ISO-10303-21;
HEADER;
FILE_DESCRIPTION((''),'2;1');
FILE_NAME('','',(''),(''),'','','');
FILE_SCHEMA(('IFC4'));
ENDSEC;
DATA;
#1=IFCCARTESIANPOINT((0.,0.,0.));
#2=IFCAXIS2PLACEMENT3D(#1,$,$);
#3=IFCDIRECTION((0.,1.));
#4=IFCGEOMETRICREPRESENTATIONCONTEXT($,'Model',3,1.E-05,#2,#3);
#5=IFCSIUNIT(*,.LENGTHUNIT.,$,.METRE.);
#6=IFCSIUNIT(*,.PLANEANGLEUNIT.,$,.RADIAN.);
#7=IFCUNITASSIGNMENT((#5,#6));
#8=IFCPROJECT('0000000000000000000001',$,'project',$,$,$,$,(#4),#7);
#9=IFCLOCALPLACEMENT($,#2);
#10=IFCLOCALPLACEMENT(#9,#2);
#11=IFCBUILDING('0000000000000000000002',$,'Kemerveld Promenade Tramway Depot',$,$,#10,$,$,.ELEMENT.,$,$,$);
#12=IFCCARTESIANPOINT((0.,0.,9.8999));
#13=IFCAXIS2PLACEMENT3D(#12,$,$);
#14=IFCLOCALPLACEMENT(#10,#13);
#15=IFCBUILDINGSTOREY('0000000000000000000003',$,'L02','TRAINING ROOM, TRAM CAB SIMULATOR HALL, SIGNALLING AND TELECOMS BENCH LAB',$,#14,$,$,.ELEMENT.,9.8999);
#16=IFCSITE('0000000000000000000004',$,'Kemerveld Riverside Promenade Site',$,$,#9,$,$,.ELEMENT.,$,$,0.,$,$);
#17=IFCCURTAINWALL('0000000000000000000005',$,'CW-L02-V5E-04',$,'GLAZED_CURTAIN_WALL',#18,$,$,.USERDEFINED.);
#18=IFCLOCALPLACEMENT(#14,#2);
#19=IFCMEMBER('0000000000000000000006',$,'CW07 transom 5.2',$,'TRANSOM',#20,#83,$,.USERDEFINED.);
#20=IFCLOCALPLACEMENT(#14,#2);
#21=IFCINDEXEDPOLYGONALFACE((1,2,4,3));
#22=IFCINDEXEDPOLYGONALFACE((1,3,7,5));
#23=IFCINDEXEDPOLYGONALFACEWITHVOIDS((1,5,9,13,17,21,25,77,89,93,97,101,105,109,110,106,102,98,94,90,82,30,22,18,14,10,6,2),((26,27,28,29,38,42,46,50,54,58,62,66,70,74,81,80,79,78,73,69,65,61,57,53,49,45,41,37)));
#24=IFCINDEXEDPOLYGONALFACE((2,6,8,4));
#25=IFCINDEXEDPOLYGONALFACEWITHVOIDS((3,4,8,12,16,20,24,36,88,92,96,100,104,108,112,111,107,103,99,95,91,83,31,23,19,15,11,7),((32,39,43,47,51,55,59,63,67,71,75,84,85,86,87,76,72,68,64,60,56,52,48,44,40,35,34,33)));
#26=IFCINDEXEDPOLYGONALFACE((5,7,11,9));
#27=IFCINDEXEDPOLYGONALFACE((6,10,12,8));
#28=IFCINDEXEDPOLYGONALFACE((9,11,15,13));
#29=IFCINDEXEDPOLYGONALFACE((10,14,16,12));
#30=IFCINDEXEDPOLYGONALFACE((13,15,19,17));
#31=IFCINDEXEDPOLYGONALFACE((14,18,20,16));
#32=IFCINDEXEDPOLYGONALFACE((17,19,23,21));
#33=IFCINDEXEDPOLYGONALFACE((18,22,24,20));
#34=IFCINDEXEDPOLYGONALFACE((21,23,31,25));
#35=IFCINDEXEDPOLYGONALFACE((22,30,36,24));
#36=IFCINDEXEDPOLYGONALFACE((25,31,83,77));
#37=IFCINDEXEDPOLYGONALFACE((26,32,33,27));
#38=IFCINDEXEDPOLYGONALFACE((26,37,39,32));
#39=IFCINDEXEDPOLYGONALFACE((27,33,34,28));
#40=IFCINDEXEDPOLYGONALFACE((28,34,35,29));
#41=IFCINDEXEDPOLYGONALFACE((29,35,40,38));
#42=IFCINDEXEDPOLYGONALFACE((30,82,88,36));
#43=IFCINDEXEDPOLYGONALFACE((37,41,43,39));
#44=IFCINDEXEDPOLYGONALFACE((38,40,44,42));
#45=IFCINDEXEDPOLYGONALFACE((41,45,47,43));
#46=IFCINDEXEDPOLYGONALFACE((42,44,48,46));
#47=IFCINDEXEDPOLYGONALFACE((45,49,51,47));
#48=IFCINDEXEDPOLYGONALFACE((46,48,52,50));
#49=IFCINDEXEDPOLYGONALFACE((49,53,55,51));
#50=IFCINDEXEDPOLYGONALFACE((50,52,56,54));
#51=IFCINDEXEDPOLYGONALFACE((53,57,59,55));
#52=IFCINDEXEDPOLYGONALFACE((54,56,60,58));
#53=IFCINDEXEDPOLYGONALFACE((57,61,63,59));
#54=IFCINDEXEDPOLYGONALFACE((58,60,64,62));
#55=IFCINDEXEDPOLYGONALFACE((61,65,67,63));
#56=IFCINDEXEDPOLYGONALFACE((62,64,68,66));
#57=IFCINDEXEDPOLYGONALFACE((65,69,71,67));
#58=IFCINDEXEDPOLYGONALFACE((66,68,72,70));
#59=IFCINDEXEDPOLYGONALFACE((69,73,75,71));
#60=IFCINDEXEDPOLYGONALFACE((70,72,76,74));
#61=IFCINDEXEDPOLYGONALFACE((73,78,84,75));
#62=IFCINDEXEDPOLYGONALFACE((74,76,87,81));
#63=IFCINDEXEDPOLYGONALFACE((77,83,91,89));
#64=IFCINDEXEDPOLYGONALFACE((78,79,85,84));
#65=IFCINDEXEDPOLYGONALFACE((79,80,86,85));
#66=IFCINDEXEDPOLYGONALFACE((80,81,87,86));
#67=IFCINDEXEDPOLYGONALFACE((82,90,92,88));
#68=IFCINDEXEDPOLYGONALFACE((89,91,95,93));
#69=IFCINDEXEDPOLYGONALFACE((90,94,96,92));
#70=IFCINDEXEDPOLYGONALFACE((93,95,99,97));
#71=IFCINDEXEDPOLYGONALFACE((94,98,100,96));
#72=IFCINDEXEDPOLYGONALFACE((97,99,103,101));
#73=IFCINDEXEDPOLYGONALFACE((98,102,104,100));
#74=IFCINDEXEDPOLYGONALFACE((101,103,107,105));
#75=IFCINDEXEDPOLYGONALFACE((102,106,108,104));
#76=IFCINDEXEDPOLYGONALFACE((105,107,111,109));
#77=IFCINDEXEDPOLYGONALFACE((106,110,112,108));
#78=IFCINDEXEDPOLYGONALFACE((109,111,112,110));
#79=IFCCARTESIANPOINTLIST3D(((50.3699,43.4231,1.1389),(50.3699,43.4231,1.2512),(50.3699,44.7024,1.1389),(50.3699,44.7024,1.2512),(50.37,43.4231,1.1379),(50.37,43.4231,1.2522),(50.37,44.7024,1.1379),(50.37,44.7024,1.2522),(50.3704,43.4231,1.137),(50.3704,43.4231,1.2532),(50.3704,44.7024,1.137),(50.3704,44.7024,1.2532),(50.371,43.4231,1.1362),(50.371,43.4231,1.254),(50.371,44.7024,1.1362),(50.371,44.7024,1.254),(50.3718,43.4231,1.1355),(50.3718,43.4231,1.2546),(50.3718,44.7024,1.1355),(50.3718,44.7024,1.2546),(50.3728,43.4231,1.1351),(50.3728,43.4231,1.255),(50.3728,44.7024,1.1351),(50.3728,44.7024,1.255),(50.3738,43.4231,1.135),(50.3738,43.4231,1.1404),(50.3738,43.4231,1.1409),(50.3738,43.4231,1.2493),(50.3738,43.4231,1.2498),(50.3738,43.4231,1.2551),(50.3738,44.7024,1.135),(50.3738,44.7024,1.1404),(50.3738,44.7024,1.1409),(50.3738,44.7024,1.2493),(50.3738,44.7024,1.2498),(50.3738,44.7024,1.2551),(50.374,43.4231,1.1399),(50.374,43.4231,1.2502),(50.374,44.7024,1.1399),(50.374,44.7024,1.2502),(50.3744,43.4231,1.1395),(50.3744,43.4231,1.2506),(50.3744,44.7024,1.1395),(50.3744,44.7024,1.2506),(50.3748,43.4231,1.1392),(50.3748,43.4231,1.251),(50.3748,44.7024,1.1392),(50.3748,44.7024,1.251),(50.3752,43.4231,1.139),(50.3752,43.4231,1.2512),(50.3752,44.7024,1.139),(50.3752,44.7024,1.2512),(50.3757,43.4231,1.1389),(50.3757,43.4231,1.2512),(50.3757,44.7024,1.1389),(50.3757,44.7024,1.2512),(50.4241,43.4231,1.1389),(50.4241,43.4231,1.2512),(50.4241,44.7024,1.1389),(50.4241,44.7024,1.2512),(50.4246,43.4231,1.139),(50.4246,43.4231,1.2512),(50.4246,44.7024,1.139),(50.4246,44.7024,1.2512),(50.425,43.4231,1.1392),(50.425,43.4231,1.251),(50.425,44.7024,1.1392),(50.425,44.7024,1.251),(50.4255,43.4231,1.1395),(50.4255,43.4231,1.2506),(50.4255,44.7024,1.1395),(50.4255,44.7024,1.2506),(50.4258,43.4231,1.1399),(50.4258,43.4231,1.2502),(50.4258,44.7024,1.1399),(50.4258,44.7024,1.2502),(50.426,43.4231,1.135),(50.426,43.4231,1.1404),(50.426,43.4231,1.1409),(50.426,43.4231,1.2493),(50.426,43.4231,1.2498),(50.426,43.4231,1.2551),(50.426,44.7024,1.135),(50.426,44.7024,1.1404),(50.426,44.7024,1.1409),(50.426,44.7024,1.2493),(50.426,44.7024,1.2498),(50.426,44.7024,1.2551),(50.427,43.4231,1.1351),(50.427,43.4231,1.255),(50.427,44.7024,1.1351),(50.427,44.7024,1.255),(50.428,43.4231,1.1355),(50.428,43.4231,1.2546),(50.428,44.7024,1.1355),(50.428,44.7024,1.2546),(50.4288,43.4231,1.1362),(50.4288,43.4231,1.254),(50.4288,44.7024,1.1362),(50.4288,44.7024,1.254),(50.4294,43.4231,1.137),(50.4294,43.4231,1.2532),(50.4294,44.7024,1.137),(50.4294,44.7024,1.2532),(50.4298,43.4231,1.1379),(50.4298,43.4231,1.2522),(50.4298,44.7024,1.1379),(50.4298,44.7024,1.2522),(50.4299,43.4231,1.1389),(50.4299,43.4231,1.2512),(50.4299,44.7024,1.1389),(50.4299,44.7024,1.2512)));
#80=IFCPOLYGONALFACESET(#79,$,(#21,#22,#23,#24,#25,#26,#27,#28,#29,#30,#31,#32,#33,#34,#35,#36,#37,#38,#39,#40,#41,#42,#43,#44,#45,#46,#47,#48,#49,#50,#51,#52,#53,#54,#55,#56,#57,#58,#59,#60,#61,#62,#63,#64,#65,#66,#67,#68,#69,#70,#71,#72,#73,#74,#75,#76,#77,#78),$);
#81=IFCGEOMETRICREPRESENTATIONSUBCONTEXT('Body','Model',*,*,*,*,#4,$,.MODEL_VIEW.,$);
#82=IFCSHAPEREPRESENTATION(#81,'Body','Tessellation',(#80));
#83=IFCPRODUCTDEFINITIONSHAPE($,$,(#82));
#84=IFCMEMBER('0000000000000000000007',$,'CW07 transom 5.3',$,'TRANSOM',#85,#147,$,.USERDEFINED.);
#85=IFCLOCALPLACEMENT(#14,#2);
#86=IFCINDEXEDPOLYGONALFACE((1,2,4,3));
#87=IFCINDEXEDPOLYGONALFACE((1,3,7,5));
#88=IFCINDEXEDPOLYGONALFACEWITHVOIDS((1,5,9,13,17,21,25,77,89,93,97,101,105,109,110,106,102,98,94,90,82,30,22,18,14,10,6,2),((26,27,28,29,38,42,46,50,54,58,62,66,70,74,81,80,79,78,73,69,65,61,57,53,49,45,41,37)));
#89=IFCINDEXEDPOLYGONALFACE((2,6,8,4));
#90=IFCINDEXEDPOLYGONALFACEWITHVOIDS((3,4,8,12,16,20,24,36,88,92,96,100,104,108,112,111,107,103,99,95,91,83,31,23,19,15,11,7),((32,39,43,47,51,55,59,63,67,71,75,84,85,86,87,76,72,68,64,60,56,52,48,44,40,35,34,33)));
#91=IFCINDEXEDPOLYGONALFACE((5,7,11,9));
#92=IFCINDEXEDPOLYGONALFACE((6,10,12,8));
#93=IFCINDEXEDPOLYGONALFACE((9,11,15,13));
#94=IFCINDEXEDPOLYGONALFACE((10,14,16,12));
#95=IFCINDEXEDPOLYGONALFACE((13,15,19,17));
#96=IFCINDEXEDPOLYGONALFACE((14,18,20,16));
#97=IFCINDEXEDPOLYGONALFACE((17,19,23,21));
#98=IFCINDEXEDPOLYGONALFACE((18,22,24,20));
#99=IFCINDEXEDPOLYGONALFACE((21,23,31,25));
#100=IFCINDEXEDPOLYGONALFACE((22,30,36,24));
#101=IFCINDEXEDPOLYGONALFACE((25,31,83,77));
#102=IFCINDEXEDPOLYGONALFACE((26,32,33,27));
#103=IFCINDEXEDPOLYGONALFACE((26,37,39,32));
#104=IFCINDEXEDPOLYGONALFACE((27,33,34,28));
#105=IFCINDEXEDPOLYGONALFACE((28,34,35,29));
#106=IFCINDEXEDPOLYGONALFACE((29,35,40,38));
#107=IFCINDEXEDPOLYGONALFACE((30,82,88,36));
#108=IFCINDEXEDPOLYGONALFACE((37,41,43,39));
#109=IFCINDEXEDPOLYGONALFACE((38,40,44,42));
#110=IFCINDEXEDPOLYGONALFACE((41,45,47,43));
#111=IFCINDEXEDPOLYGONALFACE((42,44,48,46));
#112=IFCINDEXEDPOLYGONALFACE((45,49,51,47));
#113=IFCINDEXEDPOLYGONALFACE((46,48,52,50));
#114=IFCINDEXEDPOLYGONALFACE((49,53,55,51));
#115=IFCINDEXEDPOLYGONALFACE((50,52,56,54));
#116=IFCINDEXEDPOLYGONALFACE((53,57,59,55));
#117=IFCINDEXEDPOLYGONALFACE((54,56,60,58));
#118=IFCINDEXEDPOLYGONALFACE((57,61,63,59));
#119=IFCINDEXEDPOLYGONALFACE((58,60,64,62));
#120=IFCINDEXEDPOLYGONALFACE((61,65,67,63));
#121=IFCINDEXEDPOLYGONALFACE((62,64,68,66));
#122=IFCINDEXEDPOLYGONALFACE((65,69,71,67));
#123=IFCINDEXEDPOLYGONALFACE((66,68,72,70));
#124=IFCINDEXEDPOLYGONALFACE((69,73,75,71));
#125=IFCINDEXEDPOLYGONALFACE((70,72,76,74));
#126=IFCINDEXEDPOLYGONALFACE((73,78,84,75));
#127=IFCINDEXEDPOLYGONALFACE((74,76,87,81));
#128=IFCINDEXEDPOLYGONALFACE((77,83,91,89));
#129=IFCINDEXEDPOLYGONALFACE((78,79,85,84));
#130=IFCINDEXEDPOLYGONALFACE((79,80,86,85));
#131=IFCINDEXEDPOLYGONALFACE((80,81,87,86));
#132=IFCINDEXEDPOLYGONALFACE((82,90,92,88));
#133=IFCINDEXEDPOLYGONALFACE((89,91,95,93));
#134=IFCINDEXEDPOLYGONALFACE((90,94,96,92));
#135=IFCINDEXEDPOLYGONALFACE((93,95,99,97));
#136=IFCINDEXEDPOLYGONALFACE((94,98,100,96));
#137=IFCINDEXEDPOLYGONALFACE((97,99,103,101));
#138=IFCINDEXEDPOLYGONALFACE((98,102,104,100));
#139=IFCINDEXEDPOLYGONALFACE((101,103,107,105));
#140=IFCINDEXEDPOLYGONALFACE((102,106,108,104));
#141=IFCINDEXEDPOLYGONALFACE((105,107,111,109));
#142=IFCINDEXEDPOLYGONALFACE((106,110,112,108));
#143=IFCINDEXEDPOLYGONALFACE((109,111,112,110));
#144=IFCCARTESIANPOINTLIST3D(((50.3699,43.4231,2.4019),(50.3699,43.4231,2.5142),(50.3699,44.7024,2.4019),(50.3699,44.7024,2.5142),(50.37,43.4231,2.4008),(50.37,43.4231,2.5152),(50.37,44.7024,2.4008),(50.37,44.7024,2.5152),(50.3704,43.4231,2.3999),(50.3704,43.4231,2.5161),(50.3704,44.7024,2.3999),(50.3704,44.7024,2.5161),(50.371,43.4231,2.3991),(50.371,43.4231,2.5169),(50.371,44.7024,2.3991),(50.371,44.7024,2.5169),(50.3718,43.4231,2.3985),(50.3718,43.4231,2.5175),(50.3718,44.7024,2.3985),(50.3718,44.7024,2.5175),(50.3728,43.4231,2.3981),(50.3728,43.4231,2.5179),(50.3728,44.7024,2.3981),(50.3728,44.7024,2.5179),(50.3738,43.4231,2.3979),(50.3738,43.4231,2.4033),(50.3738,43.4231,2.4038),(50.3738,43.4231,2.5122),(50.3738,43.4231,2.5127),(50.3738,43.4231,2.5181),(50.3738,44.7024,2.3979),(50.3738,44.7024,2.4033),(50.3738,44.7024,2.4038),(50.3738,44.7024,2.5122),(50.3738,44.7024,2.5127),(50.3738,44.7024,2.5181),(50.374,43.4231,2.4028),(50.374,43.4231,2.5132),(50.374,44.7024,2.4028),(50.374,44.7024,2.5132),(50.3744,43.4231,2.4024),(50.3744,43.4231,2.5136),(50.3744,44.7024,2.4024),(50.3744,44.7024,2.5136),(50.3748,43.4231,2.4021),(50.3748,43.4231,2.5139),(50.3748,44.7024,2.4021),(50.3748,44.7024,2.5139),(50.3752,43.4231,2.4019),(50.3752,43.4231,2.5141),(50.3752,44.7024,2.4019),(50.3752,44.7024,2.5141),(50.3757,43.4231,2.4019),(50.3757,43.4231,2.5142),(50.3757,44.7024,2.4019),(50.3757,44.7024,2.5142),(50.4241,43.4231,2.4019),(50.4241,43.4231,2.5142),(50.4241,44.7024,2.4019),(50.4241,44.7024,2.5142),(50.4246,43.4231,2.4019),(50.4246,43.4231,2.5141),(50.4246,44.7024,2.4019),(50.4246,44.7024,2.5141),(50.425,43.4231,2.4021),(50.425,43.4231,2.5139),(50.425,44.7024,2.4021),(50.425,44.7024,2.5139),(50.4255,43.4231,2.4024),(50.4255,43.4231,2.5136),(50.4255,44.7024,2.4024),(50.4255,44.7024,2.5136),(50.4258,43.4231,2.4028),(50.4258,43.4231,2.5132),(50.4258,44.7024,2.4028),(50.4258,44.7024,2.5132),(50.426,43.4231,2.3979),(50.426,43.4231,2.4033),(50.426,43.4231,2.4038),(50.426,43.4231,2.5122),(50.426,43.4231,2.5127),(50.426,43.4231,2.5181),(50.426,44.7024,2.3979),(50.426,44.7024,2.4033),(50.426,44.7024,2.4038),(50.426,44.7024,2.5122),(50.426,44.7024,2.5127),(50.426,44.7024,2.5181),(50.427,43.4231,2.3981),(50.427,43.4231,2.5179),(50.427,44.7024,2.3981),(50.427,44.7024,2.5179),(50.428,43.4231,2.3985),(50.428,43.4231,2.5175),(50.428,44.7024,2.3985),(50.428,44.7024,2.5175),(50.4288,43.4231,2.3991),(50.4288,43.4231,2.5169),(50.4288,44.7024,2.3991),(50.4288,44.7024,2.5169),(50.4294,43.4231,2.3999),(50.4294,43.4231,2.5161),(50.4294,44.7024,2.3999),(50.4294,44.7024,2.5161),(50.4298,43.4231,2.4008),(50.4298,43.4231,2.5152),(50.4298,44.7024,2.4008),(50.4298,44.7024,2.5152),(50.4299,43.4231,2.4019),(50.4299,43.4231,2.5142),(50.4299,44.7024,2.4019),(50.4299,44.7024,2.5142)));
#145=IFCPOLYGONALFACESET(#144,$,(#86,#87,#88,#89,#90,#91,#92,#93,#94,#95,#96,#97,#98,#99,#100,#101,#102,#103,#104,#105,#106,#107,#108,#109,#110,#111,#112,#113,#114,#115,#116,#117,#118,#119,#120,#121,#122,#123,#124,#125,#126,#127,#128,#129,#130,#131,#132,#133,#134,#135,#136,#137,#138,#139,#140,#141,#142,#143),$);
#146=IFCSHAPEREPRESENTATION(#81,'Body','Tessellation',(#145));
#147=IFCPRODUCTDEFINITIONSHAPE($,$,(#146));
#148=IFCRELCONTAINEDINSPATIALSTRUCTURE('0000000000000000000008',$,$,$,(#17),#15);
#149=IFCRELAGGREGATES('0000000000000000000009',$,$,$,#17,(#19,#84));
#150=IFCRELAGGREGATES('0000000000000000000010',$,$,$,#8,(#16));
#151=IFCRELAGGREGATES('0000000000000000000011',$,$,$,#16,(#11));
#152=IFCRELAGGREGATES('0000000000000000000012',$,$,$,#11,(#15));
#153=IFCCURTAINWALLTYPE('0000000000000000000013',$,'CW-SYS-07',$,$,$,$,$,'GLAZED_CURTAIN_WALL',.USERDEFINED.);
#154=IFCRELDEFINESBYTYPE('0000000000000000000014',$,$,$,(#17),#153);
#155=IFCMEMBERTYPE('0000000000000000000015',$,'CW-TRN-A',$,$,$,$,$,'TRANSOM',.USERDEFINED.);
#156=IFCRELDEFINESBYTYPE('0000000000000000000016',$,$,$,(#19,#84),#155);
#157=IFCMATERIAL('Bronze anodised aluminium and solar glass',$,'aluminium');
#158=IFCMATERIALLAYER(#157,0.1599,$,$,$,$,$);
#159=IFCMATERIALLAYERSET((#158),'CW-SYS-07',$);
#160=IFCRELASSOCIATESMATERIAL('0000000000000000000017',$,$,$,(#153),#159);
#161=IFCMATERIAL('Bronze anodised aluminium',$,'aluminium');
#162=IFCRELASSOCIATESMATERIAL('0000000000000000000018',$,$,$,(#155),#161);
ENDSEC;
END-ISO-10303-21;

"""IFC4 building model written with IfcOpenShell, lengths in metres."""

from ifc_helpers import new_model, si_unit, direction, frame, origin, origin_2d, place, context, subcontext, project, spatial, hollow_rectangle, extrude, material, layer, layer_set, material_profile, profile_set, type_object, element, aggregate, save


model = new_model("IFC4")

# Units and contexts
model_context = context("Model", 3, precision=1e-05, world=origin(), true_north=direction((0.0, 1.0)))
body_context = subcontext(model_context, "Body", "Model", "MODEL_VIEW")
ifc_project = project(units=[si_unit("LENGTHUNIT", "METRE"), si_unit("PLANEANGLEUNIT", "RADIAN")], contexts=[model_context])

# Site, building, storey
site_placement = place(None, origin())
site = spatial("IfcSite", under=ifc_project, at=site_placement, Name="Kemerveld Riverside Promenade Site", CompositionType="ELEMENT", RefElevation=0.0)
building_placement = place(site_placement, origin())
building = spatial("IfcBuilding", under=site, at=building_placement, Name="Kemerveld Promenade Tramway Depot", CompositionType="ELEMENT")
storey_placement = place(building_placement, frame((0.0, 0.0, 9.8999)))
storey = spatial("IfcBuildingStorey", under=building, at=storey_placement, Name="L02", Description="TRAINING ROOM, TRAM CAB SIMULATOR HALL, SIGNALLING AND TELECOMS BENCH LAB", CompositionType="ELEMENT", Elevation=9.8999)

# Curtain wall, members
ifc_material_1 = material(Name="Bronze anodised aluminium and solar glass", Category="aluminium")
ifc_layer_1 = layer(ifc_material_1, 0.1599)
ifc_layer_set_1 = layer_set([ifc_layer_1], Name="CW-SYS-07")
curtain_wall_type = type_object("IfcCurtainWallType", Name="CW-SYS-07", ElementType="GLAZED_CURTAIN_WALL", PredefinedType="USERDEFINED", material=ifc_layer_set_1)
curtain_wall_placement = place(storey_placement, origin())
curtain_wall = element("IfcCurtainWall", 1, at=curtain_wall_placement, inside=storey, type_object=curtain_wall_type, Name="CW-L02-V5E-04", ObjectType="GLAZED_CURTAIN_WALL", PredefinedType="USERDEFINED")
ifc_material_2 = material(Name="Bronze anodised aluminium", Category="aluminium")
ifc_material_profile_1 = material_profile(ifc_material_2, hollow_rectangle(XDim=0.0601, YDim=0.1201, WallThickness=0.0039, InnerFilletRadius=0.002, OuterFilletRadius=0.0039, at=origin_2d()), Name="CW-TRN-120x60")
ifc_profile_set_1 = profile_set([ifc_material_profile_1], Name="Bronze anodised aluminium")
member_type_1 = type_object("IfcMemberType", Name="CW-TRN-A", ElementType="TRANSOM", PredefinedType="USERDEFINED", material=ifc_profile_set_1)
member_1_placement = place(storey_placement, frame((50.3999, 44.7024, 1.1951), z_axis=(0.0, -1.0, 0.0), x_axis=(1.0, 0.0, 0.0)))
member_1 = element("IfcMember", 2, at=member_1_placement, type_object=member_type_1, Name="CW07 transom 5.2", ObjectType="TRANSOM", PredefinedType="USERDEFINED", context=body_context, shape_type="SweptSolid", body=[
    extrude(hollow_rectangle(XDim=0.0601, YDim=0.1201, WallThickness=0.0039, InnerFilletRadius=0.002, OuterFilletRadius=0.0039, at=origin_2d()), origin(), (0.0, 0.0, 1.0), 1.2793),
])
member_2_placement = place(storey_placement, frame((50.3999, 44.7024, 2.458), z_axis=(0.0, -1.0, 0.0), x_axis=(1.0, 0.0, 0.0)))
member_2 = element("IfcMember", 3, at=member_2_placement, type_object=member_type_1, Name="CW07 transom 5.3", ObjectType="TRANSOM", PredefinedType="USERDEFINED", context=body_context, shape_type="SweptSolid", body=[
    extrude(hollow_rectangle(XDim=0.0601, YDim=0.1201, WallThickness=0.0039, InnerFilletRadius=0.002, OuterFilletRadius=0.0039, at=origin_2d()), origin(), (0.0, 0.0, 1.0), 1.2793),
])
aggregate(curtain_wall, [member_1, member_2])

save(model, "model.ifc")
